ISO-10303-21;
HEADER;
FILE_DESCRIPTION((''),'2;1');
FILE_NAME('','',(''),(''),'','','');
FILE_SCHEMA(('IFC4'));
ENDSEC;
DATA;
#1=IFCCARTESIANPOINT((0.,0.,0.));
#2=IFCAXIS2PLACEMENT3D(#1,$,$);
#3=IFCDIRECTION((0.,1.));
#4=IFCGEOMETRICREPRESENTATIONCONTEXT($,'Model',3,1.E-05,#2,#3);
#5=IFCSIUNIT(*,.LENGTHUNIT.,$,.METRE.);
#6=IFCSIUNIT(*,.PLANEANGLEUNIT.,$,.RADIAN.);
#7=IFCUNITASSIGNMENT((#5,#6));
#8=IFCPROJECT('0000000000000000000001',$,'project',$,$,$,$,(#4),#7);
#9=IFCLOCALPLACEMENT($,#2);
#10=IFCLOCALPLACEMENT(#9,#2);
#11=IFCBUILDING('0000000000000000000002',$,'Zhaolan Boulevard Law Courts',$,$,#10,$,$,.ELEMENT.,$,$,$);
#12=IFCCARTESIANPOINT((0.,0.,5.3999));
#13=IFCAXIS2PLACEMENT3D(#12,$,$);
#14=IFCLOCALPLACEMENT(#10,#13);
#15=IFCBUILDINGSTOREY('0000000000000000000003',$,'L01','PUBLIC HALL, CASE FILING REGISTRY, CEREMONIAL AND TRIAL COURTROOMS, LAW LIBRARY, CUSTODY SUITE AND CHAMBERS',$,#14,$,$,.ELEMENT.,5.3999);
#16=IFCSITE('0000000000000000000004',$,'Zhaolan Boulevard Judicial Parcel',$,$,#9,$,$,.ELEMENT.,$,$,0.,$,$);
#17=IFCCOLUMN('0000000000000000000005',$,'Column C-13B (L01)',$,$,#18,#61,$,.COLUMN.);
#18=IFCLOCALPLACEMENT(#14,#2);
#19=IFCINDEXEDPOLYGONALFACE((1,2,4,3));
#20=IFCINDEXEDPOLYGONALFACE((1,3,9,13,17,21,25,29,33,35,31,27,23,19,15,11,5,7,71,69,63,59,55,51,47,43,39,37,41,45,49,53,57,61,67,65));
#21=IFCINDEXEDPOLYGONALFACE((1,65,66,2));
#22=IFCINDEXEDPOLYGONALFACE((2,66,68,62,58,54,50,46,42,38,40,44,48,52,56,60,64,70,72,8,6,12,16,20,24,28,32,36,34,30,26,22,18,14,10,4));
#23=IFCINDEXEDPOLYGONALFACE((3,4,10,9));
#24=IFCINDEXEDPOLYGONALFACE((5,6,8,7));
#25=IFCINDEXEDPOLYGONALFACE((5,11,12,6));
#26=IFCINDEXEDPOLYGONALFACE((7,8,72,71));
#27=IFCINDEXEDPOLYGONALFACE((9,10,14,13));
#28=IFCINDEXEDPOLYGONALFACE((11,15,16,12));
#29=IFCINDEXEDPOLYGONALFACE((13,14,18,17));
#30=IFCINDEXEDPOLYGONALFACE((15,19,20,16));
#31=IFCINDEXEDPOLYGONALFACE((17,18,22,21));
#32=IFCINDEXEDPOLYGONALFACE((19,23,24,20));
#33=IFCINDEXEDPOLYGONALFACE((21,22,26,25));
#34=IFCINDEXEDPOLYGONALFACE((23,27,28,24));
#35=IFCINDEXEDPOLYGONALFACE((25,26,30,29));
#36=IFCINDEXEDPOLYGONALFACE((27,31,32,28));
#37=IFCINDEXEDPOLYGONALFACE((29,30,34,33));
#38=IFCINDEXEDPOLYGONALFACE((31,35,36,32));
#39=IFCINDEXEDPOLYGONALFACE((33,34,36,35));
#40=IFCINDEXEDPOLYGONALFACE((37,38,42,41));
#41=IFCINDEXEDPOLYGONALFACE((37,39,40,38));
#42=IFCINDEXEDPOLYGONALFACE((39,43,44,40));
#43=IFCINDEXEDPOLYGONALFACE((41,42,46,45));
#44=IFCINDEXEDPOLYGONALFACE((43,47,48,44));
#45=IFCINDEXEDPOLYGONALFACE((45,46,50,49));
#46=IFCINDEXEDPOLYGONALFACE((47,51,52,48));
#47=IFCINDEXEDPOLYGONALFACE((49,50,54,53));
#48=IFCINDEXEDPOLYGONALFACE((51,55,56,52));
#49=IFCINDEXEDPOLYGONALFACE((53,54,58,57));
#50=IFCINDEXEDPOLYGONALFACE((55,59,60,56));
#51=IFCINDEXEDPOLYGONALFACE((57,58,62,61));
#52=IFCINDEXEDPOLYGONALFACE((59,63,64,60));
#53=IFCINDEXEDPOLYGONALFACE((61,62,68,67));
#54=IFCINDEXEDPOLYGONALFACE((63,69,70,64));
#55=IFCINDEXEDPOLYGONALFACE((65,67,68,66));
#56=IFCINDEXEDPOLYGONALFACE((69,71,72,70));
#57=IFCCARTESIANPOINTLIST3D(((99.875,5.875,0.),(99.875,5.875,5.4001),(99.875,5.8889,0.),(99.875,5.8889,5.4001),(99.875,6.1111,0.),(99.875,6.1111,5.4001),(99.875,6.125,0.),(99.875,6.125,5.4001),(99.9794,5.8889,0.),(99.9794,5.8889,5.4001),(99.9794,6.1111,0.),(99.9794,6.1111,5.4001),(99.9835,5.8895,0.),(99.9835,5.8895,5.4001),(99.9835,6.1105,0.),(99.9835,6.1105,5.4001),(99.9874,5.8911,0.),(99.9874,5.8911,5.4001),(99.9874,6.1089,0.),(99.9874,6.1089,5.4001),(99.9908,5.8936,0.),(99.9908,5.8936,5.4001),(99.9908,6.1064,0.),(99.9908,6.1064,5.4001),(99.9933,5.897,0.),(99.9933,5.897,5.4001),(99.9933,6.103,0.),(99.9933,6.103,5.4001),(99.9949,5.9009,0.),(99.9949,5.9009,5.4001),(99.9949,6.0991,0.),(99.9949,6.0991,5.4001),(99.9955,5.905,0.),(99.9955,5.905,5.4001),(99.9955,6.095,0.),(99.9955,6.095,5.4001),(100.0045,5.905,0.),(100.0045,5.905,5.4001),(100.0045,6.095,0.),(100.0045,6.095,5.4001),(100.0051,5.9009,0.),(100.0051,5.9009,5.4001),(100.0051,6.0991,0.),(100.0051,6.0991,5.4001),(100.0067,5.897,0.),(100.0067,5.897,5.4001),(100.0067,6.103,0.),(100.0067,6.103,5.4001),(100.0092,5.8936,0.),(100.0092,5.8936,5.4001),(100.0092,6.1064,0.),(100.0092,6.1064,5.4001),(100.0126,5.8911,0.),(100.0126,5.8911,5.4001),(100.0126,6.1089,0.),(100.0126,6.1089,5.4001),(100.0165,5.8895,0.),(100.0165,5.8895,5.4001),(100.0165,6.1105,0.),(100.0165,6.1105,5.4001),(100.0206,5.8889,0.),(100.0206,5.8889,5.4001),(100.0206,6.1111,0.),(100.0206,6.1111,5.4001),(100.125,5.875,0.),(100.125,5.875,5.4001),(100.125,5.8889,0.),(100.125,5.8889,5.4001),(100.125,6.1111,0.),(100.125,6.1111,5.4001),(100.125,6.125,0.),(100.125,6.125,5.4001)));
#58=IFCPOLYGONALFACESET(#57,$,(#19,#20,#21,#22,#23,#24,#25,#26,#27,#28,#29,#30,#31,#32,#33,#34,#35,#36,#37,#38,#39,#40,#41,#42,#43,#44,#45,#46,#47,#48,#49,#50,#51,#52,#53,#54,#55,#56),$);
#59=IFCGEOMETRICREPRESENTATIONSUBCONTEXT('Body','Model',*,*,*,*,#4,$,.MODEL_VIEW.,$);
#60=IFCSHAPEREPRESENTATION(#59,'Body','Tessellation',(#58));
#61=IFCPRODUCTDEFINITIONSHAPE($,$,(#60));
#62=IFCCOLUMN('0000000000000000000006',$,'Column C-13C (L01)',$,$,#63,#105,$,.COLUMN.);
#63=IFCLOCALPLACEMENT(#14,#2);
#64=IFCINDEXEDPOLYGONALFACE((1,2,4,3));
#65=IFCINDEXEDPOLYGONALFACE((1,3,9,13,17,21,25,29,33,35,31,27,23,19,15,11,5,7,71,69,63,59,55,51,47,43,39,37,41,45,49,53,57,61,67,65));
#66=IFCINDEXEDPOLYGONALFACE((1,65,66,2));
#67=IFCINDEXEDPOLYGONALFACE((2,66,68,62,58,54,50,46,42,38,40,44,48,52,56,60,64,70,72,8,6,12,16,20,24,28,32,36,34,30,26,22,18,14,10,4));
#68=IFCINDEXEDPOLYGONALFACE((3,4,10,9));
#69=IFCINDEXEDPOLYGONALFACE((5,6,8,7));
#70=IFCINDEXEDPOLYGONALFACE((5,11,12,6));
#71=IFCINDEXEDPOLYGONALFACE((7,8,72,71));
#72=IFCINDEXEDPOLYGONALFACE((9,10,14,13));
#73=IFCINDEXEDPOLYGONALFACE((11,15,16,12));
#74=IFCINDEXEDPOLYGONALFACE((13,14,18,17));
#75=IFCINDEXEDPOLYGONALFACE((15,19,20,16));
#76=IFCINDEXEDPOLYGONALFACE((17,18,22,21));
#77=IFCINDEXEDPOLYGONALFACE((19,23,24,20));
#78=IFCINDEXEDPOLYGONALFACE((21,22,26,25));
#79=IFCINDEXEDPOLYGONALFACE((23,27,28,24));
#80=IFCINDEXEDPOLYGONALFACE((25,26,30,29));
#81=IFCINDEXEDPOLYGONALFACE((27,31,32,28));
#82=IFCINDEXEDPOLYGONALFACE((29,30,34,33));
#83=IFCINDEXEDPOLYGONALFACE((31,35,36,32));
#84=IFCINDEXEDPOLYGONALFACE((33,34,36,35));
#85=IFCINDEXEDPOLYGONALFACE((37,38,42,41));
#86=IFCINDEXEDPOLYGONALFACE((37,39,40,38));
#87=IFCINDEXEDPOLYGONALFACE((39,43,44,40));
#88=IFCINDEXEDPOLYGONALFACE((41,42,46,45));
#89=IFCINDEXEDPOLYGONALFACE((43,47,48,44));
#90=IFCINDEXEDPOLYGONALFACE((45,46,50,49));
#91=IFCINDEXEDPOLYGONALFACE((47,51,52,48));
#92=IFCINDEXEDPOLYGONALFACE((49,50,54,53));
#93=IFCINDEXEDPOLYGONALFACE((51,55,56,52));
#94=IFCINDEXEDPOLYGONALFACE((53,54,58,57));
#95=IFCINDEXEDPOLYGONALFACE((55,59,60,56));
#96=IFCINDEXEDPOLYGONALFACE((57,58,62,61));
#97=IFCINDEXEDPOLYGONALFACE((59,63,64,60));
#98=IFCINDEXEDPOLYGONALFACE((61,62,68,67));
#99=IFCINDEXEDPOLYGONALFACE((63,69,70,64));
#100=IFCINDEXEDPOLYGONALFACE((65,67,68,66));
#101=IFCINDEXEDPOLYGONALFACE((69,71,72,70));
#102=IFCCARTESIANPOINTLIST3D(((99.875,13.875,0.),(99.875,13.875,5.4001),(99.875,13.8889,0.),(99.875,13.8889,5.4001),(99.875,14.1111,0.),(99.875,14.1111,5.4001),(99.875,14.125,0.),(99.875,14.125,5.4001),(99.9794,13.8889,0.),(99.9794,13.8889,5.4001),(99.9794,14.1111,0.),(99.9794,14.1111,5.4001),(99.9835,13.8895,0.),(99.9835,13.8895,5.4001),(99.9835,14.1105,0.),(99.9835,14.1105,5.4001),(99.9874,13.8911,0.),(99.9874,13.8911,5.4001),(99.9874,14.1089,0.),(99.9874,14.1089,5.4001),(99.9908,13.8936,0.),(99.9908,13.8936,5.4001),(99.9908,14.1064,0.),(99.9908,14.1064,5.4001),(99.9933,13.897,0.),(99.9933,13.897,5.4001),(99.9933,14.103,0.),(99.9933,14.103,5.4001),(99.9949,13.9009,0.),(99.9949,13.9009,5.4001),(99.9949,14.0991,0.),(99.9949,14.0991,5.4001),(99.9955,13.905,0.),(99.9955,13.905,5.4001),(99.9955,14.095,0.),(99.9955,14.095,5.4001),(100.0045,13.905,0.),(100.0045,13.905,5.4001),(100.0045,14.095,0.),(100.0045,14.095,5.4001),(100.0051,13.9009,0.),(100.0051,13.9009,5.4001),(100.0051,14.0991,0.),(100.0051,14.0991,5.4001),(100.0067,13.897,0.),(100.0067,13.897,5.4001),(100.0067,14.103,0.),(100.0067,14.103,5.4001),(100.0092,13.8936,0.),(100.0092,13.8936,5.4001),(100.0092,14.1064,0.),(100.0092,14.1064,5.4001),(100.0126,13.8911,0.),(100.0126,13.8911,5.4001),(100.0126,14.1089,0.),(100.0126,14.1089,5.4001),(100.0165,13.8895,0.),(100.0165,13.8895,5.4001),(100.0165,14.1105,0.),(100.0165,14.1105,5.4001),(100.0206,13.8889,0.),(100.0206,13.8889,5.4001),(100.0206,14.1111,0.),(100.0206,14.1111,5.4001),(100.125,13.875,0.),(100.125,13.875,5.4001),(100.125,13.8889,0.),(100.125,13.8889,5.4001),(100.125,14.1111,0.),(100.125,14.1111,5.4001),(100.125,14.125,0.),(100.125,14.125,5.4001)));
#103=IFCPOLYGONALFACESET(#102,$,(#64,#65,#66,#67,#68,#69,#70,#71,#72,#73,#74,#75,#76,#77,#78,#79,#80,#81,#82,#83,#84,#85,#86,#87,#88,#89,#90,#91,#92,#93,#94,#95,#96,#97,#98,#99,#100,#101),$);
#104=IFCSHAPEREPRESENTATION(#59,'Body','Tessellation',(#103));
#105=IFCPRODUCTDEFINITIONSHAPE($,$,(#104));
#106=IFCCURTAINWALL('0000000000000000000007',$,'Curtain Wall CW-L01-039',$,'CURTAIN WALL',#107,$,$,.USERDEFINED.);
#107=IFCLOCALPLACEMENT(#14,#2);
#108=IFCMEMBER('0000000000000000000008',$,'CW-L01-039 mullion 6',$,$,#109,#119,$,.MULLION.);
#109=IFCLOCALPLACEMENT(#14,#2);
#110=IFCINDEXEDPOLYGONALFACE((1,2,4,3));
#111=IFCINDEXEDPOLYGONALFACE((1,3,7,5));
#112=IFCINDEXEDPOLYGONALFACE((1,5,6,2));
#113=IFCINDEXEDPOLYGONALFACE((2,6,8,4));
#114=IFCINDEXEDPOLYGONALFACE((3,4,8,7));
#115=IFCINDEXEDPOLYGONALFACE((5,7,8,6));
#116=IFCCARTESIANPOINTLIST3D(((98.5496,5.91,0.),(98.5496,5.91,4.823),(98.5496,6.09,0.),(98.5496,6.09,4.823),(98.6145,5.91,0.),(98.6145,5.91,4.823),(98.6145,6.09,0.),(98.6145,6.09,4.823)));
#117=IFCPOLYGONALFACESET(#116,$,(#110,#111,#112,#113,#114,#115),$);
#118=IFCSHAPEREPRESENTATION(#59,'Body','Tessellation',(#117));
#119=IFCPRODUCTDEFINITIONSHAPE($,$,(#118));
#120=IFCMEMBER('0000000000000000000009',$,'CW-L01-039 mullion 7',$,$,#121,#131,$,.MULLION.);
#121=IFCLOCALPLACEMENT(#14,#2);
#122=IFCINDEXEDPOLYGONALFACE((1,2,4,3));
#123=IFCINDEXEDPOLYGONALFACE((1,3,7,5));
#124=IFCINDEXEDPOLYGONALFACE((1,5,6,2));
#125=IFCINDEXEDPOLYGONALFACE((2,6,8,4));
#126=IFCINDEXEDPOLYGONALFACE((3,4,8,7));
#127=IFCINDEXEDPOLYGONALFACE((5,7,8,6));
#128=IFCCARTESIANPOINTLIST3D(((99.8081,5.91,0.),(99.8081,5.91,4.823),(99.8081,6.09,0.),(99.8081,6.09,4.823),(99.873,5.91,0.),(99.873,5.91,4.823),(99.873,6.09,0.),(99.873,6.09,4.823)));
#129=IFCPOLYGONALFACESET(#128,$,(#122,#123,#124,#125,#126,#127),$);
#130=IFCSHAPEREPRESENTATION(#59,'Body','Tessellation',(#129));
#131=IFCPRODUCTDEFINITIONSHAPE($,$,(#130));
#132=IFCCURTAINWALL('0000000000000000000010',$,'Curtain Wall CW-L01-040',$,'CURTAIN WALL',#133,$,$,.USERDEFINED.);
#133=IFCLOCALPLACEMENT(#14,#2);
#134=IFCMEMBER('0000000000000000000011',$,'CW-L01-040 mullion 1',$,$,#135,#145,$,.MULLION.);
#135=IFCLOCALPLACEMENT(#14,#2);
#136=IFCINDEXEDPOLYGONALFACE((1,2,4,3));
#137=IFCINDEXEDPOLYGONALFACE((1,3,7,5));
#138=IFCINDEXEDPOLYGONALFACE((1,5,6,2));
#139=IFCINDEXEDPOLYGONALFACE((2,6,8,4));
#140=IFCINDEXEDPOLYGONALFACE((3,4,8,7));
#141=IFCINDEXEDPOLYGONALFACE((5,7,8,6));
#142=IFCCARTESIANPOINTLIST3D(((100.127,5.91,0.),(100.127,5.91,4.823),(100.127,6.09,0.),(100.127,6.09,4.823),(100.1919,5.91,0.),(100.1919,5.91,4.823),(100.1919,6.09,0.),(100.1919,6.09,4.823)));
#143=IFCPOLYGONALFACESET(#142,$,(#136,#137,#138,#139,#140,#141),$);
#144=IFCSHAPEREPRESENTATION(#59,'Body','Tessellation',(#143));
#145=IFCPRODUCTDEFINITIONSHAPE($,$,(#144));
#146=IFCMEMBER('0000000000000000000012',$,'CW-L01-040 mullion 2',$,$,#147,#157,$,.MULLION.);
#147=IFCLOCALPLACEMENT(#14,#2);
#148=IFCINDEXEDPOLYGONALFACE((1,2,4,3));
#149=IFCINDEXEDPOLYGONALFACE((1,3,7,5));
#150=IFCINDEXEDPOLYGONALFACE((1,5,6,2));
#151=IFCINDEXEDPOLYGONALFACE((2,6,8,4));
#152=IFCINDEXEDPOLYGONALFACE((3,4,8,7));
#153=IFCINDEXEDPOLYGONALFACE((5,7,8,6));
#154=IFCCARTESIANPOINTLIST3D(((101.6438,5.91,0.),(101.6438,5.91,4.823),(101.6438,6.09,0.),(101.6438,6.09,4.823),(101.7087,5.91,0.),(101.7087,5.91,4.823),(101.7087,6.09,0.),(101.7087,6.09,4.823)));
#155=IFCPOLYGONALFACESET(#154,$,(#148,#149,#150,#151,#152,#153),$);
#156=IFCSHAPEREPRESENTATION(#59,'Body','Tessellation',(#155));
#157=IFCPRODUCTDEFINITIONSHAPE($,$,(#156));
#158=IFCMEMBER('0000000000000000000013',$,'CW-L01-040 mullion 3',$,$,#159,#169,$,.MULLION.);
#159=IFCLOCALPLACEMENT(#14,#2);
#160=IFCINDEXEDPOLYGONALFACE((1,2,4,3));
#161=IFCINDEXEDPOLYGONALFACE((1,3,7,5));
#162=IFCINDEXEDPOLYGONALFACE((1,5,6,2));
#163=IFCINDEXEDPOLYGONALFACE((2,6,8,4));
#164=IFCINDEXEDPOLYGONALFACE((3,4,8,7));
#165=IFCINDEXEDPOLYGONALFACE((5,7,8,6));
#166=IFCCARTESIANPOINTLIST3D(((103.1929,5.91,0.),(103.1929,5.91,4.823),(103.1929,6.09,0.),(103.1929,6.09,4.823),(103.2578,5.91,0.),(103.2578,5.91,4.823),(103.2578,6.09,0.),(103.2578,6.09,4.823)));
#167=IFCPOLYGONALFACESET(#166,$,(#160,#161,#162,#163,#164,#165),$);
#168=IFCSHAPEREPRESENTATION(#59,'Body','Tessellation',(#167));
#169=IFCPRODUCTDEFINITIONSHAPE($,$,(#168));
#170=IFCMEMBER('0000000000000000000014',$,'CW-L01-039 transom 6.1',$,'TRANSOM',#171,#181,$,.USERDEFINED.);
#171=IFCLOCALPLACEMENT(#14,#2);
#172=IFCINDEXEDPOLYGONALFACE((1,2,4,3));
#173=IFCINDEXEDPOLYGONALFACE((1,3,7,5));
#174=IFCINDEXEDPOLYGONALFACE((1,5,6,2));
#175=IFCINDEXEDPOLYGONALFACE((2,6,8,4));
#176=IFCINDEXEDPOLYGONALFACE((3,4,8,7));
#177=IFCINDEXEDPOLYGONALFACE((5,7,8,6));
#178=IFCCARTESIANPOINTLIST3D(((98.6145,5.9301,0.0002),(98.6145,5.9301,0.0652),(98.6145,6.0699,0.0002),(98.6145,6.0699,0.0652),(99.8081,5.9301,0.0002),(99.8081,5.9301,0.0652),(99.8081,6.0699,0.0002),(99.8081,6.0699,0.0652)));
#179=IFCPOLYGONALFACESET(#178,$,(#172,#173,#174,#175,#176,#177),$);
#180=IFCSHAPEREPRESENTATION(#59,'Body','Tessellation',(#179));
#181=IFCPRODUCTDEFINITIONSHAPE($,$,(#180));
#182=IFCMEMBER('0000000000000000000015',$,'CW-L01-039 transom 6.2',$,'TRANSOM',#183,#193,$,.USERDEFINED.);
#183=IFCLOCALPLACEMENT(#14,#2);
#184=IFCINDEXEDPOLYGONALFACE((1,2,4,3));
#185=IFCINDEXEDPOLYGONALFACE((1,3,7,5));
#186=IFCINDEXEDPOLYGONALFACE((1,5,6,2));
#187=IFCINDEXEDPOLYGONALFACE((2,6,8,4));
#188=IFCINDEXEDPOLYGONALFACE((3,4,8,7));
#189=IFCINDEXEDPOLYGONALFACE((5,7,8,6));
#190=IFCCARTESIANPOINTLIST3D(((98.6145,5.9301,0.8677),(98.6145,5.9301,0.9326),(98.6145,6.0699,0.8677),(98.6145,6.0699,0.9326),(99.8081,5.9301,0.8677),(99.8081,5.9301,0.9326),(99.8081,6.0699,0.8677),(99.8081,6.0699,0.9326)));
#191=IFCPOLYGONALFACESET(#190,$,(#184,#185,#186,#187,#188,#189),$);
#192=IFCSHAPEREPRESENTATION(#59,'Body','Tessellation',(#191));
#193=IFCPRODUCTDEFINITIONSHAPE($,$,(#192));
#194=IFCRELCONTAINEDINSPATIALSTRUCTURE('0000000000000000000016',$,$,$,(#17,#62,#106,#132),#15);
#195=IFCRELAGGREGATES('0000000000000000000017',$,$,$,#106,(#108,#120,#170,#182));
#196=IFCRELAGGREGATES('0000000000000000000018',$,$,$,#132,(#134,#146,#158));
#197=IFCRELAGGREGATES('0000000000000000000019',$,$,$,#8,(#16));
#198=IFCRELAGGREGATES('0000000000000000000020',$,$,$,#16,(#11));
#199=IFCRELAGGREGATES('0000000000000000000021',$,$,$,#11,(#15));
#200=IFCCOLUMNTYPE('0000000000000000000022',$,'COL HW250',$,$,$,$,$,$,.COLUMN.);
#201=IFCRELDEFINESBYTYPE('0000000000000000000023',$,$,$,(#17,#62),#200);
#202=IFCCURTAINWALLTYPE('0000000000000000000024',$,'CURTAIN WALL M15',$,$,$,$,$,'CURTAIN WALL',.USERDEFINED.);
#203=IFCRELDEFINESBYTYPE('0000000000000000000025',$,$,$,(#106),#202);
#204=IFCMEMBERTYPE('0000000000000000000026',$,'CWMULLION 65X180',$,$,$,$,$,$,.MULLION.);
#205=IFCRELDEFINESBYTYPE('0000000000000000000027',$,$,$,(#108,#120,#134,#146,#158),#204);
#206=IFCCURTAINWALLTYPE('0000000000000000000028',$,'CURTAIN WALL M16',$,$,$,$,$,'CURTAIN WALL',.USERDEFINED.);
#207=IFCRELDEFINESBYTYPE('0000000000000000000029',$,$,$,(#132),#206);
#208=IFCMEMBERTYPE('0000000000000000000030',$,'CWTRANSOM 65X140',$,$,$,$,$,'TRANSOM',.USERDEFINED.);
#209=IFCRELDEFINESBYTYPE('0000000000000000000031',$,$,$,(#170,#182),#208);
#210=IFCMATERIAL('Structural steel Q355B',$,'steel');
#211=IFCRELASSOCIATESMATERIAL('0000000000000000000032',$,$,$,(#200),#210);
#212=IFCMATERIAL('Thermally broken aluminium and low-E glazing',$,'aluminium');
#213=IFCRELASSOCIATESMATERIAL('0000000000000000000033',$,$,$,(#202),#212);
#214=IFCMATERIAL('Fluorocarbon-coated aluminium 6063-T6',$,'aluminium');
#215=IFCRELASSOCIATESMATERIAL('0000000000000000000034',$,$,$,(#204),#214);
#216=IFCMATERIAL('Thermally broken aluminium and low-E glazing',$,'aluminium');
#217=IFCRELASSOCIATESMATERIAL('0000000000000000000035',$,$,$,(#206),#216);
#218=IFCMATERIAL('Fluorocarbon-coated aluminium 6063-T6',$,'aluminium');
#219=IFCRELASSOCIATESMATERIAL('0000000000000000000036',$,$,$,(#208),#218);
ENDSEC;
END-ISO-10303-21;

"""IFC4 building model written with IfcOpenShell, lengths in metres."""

from ifc_helpers import new_model, si_unit, direction, frame, origin, origin_2d, place, context, subcontext, project, spatial, rectangle, i_section, extrude, material, material_profile, profile_set, type_object, element, aggregate, save


model = new_model("IFC4")

# Units and contexts
model_context = context("Model", 3, precision=1e-05, world=origin(), true_north=direction((0.0, 1.0)))
body_context = subcontext(model_context, "Body", "Model", "MODEL_VIEW")
ifc_project = project(units=[si_unit("LENGTHUNIT", "METRE"), si_unit("PLANEANGLEUNIT", "RADIAN")], contexts=[model_context])

# Site, building, storey
site_placement = place(None, origin())
site = spatial("IfcSite", under=ifc_project, at=site_placement, Name="Zhaolan Boulevard Judicial Parcel", CompositionType="ELEMENT", RefElevation=0.0)
building_placement = place(site_placement, origin())
building = spatial("IfcBuilding", under=site, at=building_placement, Name="Zhaolan Boulevard Law Courts", CompositionType="ELEMENT")
storey_placement = place(building_placement, frame((0.0, 0.0, 5.3999)))
storey = spatial("IfcBuildingStorey", under=building, at=storey_placement, Name="L01", Description="PUBLIC HALL, CASE FILING REGISTRY, CEREMONIAL AND TRIAL COURTROOMS, LAW LIBRARY, CUSTODY SUITE AND CHAMBERS", CompositionType="ELEMENT", Elevation=5.3999)

# Columns
ifc_material_1 = material(Name="Structural steel Q355B", Category="steel")
ifc_material_profile_1 = material_profile(ifc_material_1, i_section(OverallWidth=0.25, OverallDepth=0.25, WebThickness=0.009, FlangeThickness=0.0139, FilletRadius=0.0161, at=origin_2d()), Name="HW250x250")
ifc_profile_set_1 = profile_set([ifc_material_profile_1], Name="Structural steel Q355B")
column_type = type_object("IfcColumnType", Name="COL HW250", PredefinedType="COLUMN", material=ifc_profile_set_1)
for number, where, z_axis, x_axis, name in (
    (1, (100.0, 6.0, 0.0), (0.0, 0.0, 1.0), (1.0, 0.0, 0.0), "Column C-13B (L01)"),
    (2, (100.0, 14.0, 0.0), (0.0, 0.0, 1.0), (1.0, 0.0, 0.0), "Column C-13C (L01)"),
):
    element("IfcColumn", number, at=place(storey_placement, frame(where, z_axis=z_axis, x_axis=x_axis)), inside=storey, type_object=column_type, Name=name, PredefinedType="COLUMN", context=body_context, shape_type="SweptSolid", body=[
        extrude(i_section(OverallWidth=0.25, OverallDepth=0.25, WebThickness=0.009, FlangeThickness=0.0139, FilletRadius=0.0161, at=origin_2d()), origin(), (0.0, 0.0, 1.0), 5.4001),
    ])

# Curtain walls, members
ifc_material_2 = material(Name="Thermally broken aluminium and low-E glazing", Category="aluminium")
curtain_wall_type_1 = type_object("IfcCurtainWallType", Name="CURTAIN WALL M15", ElementType="CURTAIN WALL", PredefinedType="USERDEFINED", material=ifc_material_2)
curtain_wall_1_placement = place(storey_placement, origin())
curtain_wall_1 = element("IfcCurtainWall", 3, at=curtain_wall_1_placement, inside=storey, type_object=curtain_wall_type_1, Name="Curtain Wall CW-L01-039", ObjectType="CURTAIN WALL", PredefinedType="USERDEFINED")
ifc_material_3 = material(Name="Fluorocarbon-coated aluminium 6063-T6", Category="aluminium")
ifc_material_profile_2 = material_profile(ifc_material_3, rectangle(XDim=0.1799, YDim=0.0649, at=origin_2d()), Name="AL65x180")
ifc_profile_set_2 = profile_set([ifc_material_profile_2], Name="Fluorocarbon-coated aluminium 6063-T6")
member_type_1 = type_object("IfcMemberType", Name="CWMULLION 65X180", PredefinedType="MULLION", material=ifc_profile_set_2)
member_1_placement = place(storey_placement, frame((98.582, 6.0, 0.0), z_axis=(0.0, 0.0, 1.0), x_axis=(0.0, 1.0, 0.0)))
member_1 = element("IfcMember", 4, at=member_1_placement, type_object=member_type_1, Name="CW-L01-039 mullion 6", PredefinedType="MULLION", context=body_context, shape_type="SweptSolid", body=[
    extrude(rectangle(XDim=0.1799, YDim=0.0649, at=origin_2d()), origin(), (0.0, 0.0, 1.0), 4.823),
])
member_2_placement = place(storey_placement, frame((99.8406, 6.0, 0.0), z_axis=(0.0, 0.0, 1.0), x_axis=(0.0, 1.0, 0.0)))
member_2 = element("IfcMember", 5, at=member_2_placement, type_object=member_type_1, Name="CW-L01-039 mullion 7", PredefinedType="MULLION", context=body_context, shape_type="SweptSolid", body=[
    extrude(rectangle(XDim=0.1799, YDim=0.0649, at=origin_2d()), origin(), (0.0, 0.0, 1.0), 4.823),
])
ifc_material_4 = material(Name="Thermally broken aluminium and low-E glazing", Category="aluminium")
curtain_wall_type_2 = type_object("IfcCurtainWallType", Name="CURTAIN WALL M16", ElementType="CURTAIN WALL", PredefinedType="USERDEFINED", material=ifc_material_4)
curtain_wall_2_placement = place(storey_placement, origin())
curtain_wall_2 = element("IfcCurtainWall", 6, at=curtain_wall_2_placement, inside=storey, type_object=curtain_wall_type_2, Name="Curtain Wall CW-L01-040", ObjectType="CURTAIN WALL", PredefinedType="USERDEFINED")
member_3_placement = place(storey_placement, frame((100.1594, 6.0, 0.0), z_axis=(0.0, 0.0, 1.0), x_axis=(0.0, 1.0, 0.0)))
member_3 = element("IfcMember", 7, at=member_3_placement, type_object=member_type_1, Name="CW-L01-040 mullion 1", PredefinedType="MULLION", context=body_context, shape_type="SweptSolid", body=[
    extrude(rectangle(XDim=0.1799, YDim=0.0649, at=origin_2d()), origin(), (0.0, 0.0, 1.0), 4.823),
])
member_4_placement = place(storey_placement, frame((101.6763, 6.0, 0.0), z_axis=(0.0, 0.0, 1.0), x_axis=(0.0, 1.0, 0.0)))
member_4 = element("IfcMember", 8, at=member_4_placement, type_object=member_type_1, Name="CW-L01-040 mullion 2", PredefinedType="MULLION", context=body_context, shape_type="SweptSolid", body=[
    extrude(rectangle(XDim=0.1799, YDim=0.0649, at=origin_2d()), origin(), (0.0, 0.0, 1.0), 4.823),
])
member_5_placement = place(storey_placement, frame((103.2253, 6.0, 0.0), z_axis=(0.0, 0.0, 1.0), x_axis=(0.0, 1.0, 0.0)))
member_5 = element("IfcMember", 9, at=member_5_placement, type_object=member_type_1, Name="CW-L01-040 mullion 3", PredefinedType="MULLION", context=body_context, shape_type="SweptSolid", body=[
    extrude(rectangle(XDim=0.1799, YDim=0.0649, at=origin_2d()), origin(), (0.0, 0.0, 1.0), 4.823),
])

# Members
ifc_material_5 = material(Name="Fluorocarbon-coated aluminium 6063-T6", Category="aluminium")
ifc_material_profile_3 = material_profile(ifc_material_5, rectangle(XDim=0.1399, YDim=0.0649, at=origin_2d()), Name="AL65x140")
ifc_profile_set_3 = profile_set([ifc_material_profile_3], Name="Fluorocarbon-coated aluminium 6063-T6")
member_type_2 = type_object("IfcMemberType", Name="CWTRANSOM 65X140", ElementType="TRANSOM", PredefinedType="USERDEFINED", material=ifc_profile_set_3)
member_6_placement = place(storey_placement, frame((98.6145, 6.0, 0.0327), z_axis=(1.0, 0.0, 0.0), x_axis=(0.0, 1.0, 0.0)))
member_6 = element("IfcMember", 10, at=member_6_placement, type_object=member_type_2, Name="CW-L01-039 transom 6.1", ObjectType="TRANSOM", PredefinedType="USERDEFINED", context=body_context, shape_type="SweptSolid", body=[
    extrude(rectangle(XDim=0.1399, YDim=0.0649, at=origin_2d()), origin(), (0.0, 0.0, 1.0), 1.1936),
])
member_7_placement = place(storey_placement, frame((98.6145, 6.0, 0.9001), z_axis=(1.0, 0.0, 0.0), x_axis=(0.0, 1.0, 0.0)))
member_7 = element("IfcMember", 11, at=member_7_placement, type_object=member_type_2, Name="CW-L01-039 transom 6.2", ObjectType="TRANSOM", PredefinedType="USERDEFINED", context=body_context, shape_type="SweptSolid", body=[
    extrude(rectangle(XDim=0.1399, YDim=0.0649, at=origin_2d()), origin(), (0.0, 0.0, 1.0), 1.1936),
])

aggregate(curtain_wall_1, [member_1, member_2, member_6, member_7])
aggregate(curtain_wall_2, [member_3, member_4, member_5])

save(model, "model.ifc")
